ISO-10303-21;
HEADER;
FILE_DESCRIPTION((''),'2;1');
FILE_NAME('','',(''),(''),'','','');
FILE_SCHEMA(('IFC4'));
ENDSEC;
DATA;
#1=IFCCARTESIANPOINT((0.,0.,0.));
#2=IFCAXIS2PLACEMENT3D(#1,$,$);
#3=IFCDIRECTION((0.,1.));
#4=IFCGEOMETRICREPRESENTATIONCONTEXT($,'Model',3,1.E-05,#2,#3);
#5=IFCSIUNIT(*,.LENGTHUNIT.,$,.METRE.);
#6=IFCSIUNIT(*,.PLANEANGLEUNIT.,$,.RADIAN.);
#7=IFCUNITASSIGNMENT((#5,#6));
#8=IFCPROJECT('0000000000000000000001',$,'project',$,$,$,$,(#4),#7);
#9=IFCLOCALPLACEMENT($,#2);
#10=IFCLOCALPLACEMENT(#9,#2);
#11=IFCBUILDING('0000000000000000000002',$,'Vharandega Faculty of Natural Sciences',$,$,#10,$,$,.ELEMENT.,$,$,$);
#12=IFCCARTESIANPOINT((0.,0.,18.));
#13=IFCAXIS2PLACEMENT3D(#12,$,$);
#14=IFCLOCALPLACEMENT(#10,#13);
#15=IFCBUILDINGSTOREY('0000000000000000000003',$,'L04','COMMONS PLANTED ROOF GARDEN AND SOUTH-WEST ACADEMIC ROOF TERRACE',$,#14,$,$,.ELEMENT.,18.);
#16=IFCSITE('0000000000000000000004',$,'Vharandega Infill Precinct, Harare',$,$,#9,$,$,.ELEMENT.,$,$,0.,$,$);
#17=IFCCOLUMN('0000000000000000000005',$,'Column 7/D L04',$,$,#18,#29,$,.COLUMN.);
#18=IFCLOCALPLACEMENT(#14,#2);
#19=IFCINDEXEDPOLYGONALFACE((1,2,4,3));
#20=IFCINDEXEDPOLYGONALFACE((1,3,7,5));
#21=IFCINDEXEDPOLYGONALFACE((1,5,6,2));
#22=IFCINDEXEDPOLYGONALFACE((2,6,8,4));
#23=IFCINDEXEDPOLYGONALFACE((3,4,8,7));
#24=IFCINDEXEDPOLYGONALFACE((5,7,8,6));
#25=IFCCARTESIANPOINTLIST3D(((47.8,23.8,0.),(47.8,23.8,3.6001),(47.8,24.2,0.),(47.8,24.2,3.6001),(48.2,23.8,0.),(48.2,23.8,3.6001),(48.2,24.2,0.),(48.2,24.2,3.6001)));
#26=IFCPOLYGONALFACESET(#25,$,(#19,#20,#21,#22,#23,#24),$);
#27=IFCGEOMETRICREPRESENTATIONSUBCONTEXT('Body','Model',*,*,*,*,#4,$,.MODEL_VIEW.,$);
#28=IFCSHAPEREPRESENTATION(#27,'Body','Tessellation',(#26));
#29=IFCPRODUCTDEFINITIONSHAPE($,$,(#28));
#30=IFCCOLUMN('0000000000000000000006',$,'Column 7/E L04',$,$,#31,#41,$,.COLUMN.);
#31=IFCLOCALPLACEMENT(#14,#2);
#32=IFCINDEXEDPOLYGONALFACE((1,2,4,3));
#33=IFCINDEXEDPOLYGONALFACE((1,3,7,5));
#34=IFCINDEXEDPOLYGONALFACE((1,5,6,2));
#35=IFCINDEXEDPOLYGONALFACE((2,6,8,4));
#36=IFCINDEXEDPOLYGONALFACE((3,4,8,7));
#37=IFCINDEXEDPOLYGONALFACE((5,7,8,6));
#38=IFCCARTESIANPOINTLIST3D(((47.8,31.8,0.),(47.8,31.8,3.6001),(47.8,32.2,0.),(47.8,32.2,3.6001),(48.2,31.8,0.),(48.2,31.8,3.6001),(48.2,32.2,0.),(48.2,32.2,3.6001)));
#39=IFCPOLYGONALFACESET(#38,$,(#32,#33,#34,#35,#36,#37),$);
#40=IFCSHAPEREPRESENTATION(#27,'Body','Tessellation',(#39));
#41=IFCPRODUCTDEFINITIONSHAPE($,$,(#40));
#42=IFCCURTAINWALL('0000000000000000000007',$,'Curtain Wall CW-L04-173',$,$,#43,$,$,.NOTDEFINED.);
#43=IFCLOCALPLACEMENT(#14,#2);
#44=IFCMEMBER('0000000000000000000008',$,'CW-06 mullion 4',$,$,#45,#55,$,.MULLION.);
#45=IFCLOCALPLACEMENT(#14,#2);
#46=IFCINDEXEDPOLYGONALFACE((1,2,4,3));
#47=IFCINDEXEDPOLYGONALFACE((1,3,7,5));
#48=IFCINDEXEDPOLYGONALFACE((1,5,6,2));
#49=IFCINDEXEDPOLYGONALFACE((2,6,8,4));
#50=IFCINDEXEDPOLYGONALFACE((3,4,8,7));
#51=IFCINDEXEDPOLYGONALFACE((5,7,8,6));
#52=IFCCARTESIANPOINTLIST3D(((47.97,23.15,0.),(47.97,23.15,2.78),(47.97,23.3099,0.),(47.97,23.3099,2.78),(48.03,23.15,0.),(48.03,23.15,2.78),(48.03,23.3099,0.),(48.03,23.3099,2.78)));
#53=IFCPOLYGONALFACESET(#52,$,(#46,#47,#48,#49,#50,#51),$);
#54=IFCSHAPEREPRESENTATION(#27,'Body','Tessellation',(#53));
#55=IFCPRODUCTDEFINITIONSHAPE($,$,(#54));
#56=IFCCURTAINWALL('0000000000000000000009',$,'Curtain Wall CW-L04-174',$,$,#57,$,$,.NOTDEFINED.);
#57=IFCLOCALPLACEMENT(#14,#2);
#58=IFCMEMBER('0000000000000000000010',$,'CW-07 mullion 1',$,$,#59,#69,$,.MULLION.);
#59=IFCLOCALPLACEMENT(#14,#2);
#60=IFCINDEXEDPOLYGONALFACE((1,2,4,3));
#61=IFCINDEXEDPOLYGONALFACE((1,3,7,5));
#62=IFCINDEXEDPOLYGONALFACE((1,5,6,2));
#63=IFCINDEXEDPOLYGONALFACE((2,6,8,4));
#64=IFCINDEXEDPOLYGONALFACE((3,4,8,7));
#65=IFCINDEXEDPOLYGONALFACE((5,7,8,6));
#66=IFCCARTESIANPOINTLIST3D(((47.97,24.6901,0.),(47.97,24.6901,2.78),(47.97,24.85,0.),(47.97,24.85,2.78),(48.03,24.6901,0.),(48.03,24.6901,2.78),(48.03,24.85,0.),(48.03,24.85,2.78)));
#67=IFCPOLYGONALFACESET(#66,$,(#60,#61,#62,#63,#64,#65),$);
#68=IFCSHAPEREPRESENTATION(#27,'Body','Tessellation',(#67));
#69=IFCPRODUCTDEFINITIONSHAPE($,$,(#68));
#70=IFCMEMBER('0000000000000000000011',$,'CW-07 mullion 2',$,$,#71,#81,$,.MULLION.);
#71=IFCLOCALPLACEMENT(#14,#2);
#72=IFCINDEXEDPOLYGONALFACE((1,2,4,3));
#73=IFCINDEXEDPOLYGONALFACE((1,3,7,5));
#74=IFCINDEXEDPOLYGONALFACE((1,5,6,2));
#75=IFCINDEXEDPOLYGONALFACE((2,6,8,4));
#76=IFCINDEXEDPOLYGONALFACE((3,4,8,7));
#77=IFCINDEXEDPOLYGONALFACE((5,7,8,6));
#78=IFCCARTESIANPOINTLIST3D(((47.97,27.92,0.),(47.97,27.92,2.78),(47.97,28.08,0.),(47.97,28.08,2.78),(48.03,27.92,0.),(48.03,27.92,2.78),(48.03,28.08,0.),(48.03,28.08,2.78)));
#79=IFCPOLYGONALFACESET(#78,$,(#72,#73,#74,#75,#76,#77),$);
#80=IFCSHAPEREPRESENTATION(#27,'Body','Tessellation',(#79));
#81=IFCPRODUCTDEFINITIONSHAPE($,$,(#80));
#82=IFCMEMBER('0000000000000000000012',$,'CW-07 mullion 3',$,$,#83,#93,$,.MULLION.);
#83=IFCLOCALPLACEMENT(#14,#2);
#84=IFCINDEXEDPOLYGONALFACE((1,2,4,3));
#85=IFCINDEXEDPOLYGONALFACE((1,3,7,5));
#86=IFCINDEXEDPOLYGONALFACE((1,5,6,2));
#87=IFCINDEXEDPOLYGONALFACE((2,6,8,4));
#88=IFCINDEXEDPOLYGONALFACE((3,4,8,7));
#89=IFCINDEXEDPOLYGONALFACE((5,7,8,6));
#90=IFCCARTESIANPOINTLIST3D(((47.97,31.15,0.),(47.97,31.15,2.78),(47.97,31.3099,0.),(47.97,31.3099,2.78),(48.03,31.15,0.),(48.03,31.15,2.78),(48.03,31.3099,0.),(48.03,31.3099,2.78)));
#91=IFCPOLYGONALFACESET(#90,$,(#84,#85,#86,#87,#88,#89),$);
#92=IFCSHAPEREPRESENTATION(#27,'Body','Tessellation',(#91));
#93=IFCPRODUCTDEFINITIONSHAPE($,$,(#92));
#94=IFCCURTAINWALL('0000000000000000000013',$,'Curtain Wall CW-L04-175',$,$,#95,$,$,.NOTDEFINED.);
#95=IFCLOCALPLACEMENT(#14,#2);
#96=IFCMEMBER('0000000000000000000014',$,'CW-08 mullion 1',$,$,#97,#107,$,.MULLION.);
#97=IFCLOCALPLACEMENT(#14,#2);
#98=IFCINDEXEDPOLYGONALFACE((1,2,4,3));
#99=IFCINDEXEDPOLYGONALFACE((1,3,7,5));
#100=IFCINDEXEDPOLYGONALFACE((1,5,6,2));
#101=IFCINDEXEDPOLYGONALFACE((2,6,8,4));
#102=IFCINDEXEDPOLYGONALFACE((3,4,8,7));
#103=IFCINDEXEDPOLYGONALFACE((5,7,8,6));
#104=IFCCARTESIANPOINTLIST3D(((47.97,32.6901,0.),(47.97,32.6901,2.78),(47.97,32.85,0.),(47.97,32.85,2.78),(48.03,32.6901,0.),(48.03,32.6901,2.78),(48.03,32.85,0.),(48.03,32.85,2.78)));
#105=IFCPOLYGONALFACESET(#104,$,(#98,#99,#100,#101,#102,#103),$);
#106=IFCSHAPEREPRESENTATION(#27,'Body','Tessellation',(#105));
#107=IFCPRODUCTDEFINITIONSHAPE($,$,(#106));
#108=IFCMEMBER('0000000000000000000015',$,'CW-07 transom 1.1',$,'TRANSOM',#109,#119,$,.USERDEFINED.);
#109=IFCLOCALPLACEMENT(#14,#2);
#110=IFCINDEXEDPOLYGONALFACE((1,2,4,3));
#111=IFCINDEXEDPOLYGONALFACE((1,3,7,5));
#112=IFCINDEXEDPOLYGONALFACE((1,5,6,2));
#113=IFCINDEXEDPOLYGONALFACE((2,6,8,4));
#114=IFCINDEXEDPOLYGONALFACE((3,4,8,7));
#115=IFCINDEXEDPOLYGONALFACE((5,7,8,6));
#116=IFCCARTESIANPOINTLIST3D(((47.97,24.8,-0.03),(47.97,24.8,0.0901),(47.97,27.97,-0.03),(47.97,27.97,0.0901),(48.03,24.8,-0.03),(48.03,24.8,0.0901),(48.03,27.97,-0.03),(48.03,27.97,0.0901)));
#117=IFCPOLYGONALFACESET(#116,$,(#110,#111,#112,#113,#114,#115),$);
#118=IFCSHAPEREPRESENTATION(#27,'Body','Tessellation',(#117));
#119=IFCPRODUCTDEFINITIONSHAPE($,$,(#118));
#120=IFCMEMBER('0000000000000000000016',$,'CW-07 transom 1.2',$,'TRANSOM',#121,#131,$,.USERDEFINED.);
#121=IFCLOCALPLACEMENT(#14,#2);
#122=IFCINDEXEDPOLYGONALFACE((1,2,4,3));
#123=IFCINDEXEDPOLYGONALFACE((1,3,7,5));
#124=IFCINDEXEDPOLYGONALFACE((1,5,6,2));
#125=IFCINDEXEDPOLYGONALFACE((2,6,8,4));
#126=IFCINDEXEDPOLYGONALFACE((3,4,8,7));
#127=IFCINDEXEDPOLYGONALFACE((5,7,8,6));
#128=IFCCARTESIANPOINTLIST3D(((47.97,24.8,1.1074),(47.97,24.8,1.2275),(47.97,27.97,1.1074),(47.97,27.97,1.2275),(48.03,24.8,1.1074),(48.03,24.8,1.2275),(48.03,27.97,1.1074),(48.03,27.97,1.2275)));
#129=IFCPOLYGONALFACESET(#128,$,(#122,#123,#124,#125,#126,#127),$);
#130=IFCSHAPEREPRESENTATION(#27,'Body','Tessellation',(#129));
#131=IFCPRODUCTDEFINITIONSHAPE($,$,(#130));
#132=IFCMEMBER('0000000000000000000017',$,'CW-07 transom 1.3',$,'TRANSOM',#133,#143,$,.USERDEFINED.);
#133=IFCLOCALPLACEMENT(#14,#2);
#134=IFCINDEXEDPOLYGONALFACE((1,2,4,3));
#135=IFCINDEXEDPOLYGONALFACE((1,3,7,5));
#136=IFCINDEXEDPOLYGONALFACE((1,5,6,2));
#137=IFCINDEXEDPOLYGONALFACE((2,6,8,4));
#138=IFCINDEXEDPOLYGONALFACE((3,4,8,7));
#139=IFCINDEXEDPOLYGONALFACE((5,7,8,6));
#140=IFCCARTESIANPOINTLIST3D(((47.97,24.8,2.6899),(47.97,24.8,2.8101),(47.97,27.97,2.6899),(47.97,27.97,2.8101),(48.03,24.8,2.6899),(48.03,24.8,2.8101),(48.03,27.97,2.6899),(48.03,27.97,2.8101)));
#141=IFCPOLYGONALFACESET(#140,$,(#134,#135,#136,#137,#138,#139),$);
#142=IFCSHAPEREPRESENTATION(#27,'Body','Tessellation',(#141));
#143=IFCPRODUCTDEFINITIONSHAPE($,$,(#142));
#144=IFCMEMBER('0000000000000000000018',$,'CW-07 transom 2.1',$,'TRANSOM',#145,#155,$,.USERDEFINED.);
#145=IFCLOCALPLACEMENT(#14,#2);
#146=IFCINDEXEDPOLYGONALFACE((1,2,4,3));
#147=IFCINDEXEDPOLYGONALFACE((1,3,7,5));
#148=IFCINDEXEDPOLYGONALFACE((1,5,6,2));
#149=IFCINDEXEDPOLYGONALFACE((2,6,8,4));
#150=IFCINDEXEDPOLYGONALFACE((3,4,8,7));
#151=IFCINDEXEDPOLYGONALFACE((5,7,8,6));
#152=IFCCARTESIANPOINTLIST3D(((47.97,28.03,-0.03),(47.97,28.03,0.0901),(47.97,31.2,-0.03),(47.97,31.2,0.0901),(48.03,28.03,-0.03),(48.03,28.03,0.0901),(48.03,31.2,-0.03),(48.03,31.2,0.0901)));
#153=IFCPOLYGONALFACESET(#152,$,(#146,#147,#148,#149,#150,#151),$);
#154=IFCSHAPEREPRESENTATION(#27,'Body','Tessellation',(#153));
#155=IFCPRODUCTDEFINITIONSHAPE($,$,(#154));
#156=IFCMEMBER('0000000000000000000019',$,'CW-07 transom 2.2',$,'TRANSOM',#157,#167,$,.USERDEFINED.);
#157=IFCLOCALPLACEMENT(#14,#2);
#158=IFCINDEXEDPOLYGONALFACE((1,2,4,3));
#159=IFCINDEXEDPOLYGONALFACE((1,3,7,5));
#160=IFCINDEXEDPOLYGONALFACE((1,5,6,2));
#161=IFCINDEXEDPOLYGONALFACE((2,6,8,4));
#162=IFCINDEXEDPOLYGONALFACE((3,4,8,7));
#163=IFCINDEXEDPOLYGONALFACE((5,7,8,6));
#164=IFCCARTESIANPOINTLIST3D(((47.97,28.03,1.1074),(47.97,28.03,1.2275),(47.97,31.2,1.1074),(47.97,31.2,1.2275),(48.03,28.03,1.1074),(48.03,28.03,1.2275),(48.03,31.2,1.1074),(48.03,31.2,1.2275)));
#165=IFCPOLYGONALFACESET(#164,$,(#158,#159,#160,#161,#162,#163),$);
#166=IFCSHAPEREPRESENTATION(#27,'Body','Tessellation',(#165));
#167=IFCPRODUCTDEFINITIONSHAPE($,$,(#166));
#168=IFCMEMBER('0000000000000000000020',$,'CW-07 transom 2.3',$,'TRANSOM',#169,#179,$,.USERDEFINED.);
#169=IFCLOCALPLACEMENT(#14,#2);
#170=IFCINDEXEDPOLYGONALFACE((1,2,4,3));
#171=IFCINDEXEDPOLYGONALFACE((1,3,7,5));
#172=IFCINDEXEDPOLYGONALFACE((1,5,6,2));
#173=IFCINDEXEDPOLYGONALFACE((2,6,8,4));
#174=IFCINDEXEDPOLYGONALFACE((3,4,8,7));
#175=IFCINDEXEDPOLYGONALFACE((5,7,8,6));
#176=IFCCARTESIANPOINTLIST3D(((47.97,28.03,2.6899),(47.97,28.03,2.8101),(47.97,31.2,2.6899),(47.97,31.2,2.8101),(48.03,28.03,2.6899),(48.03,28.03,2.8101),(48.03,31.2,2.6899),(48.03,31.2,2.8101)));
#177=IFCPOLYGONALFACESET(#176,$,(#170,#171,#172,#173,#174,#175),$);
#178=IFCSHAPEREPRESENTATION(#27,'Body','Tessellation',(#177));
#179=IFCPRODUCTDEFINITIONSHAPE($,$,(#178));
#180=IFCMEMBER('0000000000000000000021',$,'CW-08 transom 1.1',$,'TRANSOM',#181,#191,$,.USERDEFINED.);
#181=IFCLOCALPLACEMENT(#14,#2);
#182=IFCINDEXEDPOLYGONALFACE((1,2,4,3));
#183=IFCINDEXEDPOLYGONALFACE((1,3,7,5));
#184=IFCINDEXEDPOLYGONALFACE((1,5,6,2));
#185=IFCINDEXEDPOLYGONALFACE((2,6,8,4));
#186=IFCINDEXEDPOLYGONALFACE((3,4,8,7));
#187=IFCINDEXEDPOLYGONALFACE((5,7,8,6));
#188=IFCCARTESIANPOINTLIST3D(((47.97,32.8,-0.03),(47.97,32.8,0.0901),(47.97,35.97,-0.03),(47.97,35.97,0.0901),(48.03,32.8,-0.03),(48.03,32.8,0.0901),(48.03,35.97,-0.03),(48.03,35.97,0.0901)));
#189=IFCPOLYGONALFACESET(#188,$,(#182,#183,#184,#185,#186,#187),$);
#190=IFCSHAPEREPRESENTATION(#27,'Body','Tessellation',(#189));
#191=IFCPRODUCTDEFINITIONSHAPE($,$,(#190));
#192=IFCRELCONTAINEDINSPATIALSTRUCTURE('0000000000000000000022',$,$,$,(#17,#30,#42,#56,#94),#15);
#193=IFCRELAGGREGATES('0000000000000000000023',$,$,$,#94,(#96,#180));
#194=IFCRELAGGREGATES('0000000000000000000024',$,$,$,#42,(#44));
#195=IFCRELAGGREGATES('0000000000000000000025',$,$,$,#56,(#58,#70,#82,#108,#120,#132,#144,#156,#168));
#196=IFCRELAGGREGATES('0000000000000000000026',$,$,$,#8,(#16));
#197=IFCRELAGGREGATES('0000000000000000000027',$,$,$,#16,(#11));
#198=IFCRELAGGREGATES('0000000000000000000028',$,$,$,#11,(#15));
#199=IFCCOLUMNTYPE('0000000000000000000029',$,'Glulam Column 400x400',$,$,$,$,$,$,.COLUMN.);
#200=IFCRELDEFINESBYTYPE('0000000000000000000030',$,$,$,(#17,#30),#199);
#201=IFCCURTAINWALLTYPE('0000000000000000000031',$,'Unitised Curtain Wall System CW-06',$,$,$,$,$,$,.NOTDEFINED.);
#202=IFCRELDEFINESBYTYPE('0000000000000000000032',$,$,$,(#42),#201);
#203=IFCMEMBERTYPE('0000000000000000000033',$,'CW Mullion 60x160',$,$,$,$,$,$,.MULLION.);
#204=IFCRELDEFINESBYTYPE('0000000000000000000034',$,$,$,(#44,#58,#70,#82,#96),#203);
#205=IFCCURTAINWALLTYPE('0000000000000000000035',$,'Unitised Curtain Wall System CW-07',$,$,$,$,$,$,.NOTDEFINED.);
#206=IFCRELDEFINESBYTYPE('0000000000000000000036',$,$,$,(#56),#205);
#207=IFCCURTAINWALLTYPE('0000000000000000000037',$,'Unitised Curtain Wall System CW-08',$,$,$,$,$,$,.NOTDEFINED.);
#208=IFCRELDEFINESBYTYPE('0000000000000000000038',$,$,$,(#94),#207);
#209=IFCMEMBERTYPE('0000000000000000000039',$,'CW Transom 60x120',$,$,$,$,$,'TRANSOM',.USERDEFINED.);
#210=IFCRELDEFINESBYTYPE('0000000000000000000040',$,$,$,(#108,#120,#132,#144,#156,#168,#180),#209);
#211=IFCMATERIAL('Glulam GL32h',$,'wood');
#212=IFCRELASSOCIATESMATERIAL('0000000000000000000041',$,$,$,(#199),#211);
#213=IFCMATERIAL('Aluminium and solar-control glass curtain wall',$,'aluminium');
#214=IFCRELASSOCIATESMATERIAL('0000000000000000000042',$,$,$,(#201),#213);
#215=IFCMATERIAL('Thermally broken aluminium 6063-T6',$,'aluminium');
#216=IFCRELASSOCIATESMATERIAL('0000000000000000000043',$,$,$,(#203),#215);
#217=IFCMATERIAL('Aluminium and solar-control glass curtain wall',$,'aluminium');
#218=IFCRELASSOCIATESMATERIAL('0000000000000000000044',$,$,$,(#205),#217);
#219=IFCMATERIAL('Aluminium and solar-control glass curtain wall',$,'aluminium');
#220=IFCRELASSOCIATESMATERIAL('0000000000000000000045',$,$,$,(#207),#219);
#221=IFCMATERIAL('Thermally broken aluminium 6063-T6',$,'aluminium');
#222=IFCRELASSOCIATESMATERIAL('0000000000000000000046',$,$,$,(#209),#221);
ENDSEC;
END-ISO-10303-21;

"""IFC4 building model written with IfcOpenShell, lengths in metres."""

from ifc_helpers import new_model, si_unit, direction, frame, origin, origin_2d, place, context, subcontext, project, spatial, rectangle, extrude, material, material_profile, profile_set, type_object, element, aggregate, save


model = new_model("IFC4")

# Units and contexts
model_context = context("Model", 3, precision=1e-05, world=origin(), true_north=direction((0.0, 1.0)))
body_context = subcontext(model_context, "Body", "Model", "MODEL_VIEW")
ifc_project = project(units=[si_unit("LENGTHUNIT", "METRE"), si_unit("PLANEANGLEUNIT", "RADIAN")], contexts=[model_context])

# Site, building, storey
site_placement = place(None, origin())
site = spatial("IfcSite", under=ifc_project, at=site_placement, Name="Vharandega Infill Precinct, Harare", CompositionType="ELEMENT", RefElevation=0.0)
building_placement = place(site_placement, origin())
building = spatial("IfcBuilding", under=site, at=building_placement, Name="Vharandega Faculty of Natural Sciences", CompositionType="ELEMENT")
storey_placement = place(building_placement, frame((0.0, 0.0, 18.0)))
storey = spatial("IfcBuildingStorey", under=building, at=storey_placement, Name="L04", Description="COMMONS PLANTED ROOF GARDEN AND SOUTH-WEST ACADEMIC ROOF TERRACE", CompositionType="ELEMENT", Elevation=18.0)

# Columns
ifc_material_1 = material(Name="Glulam GL32h", Category="wood")
ifc_material_profile_1 = material_profile(ifc_material_1, rectangle(XDim=0.3999, YDim=0.3999, at=origin_2d()), Name="GL32h 400x400")
ifc_profile_set_1 = profile_set([ifc_material_profile_1], Name="Glulam GL32h")
column_type = type_object("IfcColumnType", Name="Glulam Column 400x400", PredefinedType="COLUMN", material=ifc_profile_set_1)
for number, where, z_axis, x_axis, name in (
    (1, (48.0, 24.0, 0.0), (0.0, 0.0, 1.0), (1.0, 0.0, 0.0), "Column 7/D L04"),
    (2, (48.0, 32.0, 0.0), (0.0, 0.0, 1.0), (1.0, 0.0, 0.0), "Column 7/E L04"),
):
    element("IfcColumn", number, at=place(storey_placement, frame(where, z_axis=z_axis, x_axis=x_axis)), inside=storey, type_object=column_type, Name=name, PredefinedType="COLUMN", context=body_context, shape_type="SweptSolid", body=[
        extrude(rectangle(XDim=0.3999, YDim=0.3999, at=origin_2d()), origin(), (0.0, 0.0, 1.0), 3.6001),
    ])

# Curtain wall, member
ifc_material_2 = material(Name="Aluminium and solar-control glass curtain wall", Category="aluminium")
curtain_wall_type_1 = type_object("IfcCurtainWallType", Name="Unitised Curtain Wall System CW-06", PredefinedType="NOTDEFINED", material=ifc_material_2)
curtain_wall_1_placement = place(storey_placement, origin())
curtain_wall_1 = element("IfcCurtainWall", 3, at=curtain_wall_1_placement, inside=storey, type_object=curtain_wall_type_1, Name="Curtain Wall CW-L04-173", PredefinedType="NOTDEFINED")
ifc_material_3 = material(Name="Thermally broken aluminium 6063-T6", Category="aluminium")
ifc_material_profile_2 = material_profile(ifc_material_3, rectangle(XDim=0.0601, YDim=0.1599, at=origin_2d()), Name="ALU 60x160")
ifc_profile_set_2 = profile_set([ifc_material_profile_2], Name="Thermally broken aluminium 6063-T6")
member_type_1 = type_object("IfcMemberType", Name="CW Mullion 60x160", PredefinedType="MULLION", material=ifc_profile_set_2)
member_1_placement = place(storey_placement, frame((48.0, 23.23, 0.0), z_axis=(0.0, 0.0, 1.0), x_axis=(-1.0, 0.0, 0.0)))
member_1 = element("IfcMember", 4, at=member_1_placement, type_object=member_type_1, Name="CW-06 mullion 4", PredefinedType="MULLION", context=body_context, shape_type="SweptSolid", body=[
    extrude(rectangle(XDim=0.0601, YDim=0.1599, at=origin_2d()), origin(), (0.0, 0.0, 1.0), 2.78),
])

# Curtain wall, members
ifc_material_4 = material(Name="Aluminium and solar-control glass curtain wall", Category="aluminium")
curtain_wall_type_2 = type_object("IfcCurtainWallType", Name="Unitised Curtain Wall System CW-07", PredefinedType="NOTDEFINED", material=ifc_material_4)
curtain_wall_2_placement = place(storey_placement, origin())
curtain_wall_2 = element("IfcCurtainWall", 5, at=curtain_wall_2_placement, inside=storey, type_object=curtain_wall_type_2, Name="Curtain Wall CW-L04-174", PredefinedType="NOTDEFINED")
member_2_placement = place(storey_placement, frame((48.0, 24.77, 0.0), z_axis=(0.0, 0.0, 1.0), x_axis=(-1.0, 0.0, 0.0)))
member_2 = element("IfcMember", 6, at=member_2_placement, type_object=member_type_1, Name="CW-07 mullion 1", PredefinedType="MULLION", context=body_context, shape_type="SweptSolid", body=[
    extrude(rectangle(XDim=0.0601, YDim=0.1599, at=origin_2d()), origin(), (0.0, 0.0, 1.0), 2.78),
])
member_3_placement = place(storey_placement, frame((48.0, 28.0, 0.0), z_axis=(0.0, 0.0, 1.0), x_axis=(-1.0, 0.0, 0.0)))
member_3 = element("IfcMember", 7, at=member_3_placement, type_object=member_type_1, Name="CW-07 mullion 2", PredefinedType="MULLION", context=body_context, shape_type="SweptSolid", body=[
    extrude(rectangle(XDim=0.0601, YDim=0.1599, at=origin_2d()), origin(), (0.0, 0.0, 1.0), 2.78),
])
member_4_placement = place(storey_placement, frame((48.0, 31.23, 0.0), z_axis=(0.0, 0.0, 1.0), x_axis=(-1.0, 0.0, 0.0)))
member_4 = element("IfcMember", 8, at=member_4_placement, type_object=member_type_1, Name="CW-07 mullion 3", PredefinedType="MULLION", context=body_context, shape_type="SweptSolid", body=[
    extrude(rectangle(XDim=0.0601, YDim=0.1599, at=origin_2d()), origin(), (0.0, 0.0, 1.0), 2.78),
])

# Curtain wall, member
ifc_material_5 = material(Name="Aluminium and solar-control glass curtain wall", Category="aluminium")
curtain_wall_type_3 = type_object("IfcCurtainWallType", Name="Unitised Curtain Wall System CW-08", PredefinedType="NOTDEFINED", material=ifc_material_5)
curtain_wall_3_placement = place(storey_placement, origin())
curtain_wall_3 = element("IfcCurtainWall", 9, at=curtain_wall_3_placement, inside=storey, type_object=curtain_wall_type_3, Name="Curtain Wall CW-L04-175", PredefinedType="NOTDEFINED")
member_5_placement = place(storey_placement, frame((48.0, 32.77, 0.0), z_axis=(0.0, 0.0, 1.0), x_axis=(-1.0, 0.0, 0.0)))
member_5 = element("IfcMember", 10, at=member_5_placement, type_object=member_type_1, Name="CW-08 mullion 1", PredefinedType="MULLION", context=body_context, shape_type="SweptSolid", body=[
    extrude(rectangle(XDim=0.0601, YDim=0.1599, at=origin_2d()), origin(), (0.0, 0.0, 1.0), 2.78),
])

# Members
ifc_material_6 = material(Name="Thermally broken aluminium 6063-T6", Category="aluminium")
ifc_material_profile_3 = material_profile(ifc_material_6, rectangle(XDim=0.0601, YDim=0.1201, at=origin_2d()), Name="ALU 60x120")
ifc_profile_set_3 = profile_set([ifc_material_profile_3], Name="Thermally broken aluminium 6063-T6")
member_type_2 = type_object("IfcMemberType", Name="CW Transom 60x120", ElementType="TRANSOM", PredefinedType="USERDEFINED", material=ifc_profile_set_3)
member_6_placement = place(storey_placement, frame((48.0, 24.8, 0.03), z_axis=(0.0, 1.0, 0.0), x_axis=(-1.0, 0.0, 0.0)))
member_6 = element("IfcMember", 11, at=member_6_placement, type_object=member_type_2, Name="CW-07 transom 1.1", ObjectType="TRANSOM", PredefinedType="USERDEFINED", context=body_context, shape_type="SweptSolid", body=[
    extrude(rectangle(XDim=0.0601, YDim=0.1201, at=origin_2d()), origin(), (0.0, 0.0, 1.0), 3.1699),
])
member_7_placement = place(storey_placement, frame((48.0, 24.8, 1.1675), z_axis=(0.0, 1.0, 0.0), x_axis=(-1.0, 0.0, 0.0)))
member_7 = element("IfcMember", 12, at=member_7_placement, type_object=member_type_2, Name="CW-07 transom 1.2", ObjectType="TRANSOM", PredefinedType="USERDEFINED", context=body_context, shape_type="SweptSolid", body=[
    extrude(rectangle(XDim=0.0601, YDim=0.1201, at=origin_2d()), origin(), (0.0, 0.0, 1.0), 3.1699),
])
member_8_placement = place(storey_placement, frame((48.0, 24.8, 2.75), z_axis=(0.0, 1.0, 0.0), x_axis=(-1.0, 0.0, 0.0)))
member_8 = element("IfcMember", 13, at=member_8_placement, type_object=member_type_2, Name="CW-07 transom 1.3", ObjectType="TRANSOM", PredefinedType="USERDEFINED", context=body_context, shape_type="SweptSolid", body=[
    extrude(rectangle(XDim=0.0601, YDim=0.1201, at=origin_2d()), origin(), (0.0, 0.0, 1.0), 3.1699),
])
member_9_placement = place(storey_placement, frame((48.0, 28.03, 0.03), z_axis=(0.0, 1.0, 0.0), x_axis=(-1.0, 0.0, 0.0)))
member_9 = element("IfcMember", 14, at=member_9_placement, type_object=member_type_2, Name="CW-07 transom 2.1", ObjectType="TRANSOM", PredefinedType="USERDEFINED", context=body_context, shape_type="SweptSolid", body=[
    extrude(rectangle(XDim=0.0601, YDim=0.1201, at=origin_2d()), origin(), (0.0, 0.0, 1.0), 3.1699),
])
member_10_placement = place(storey_placement, frame((48.0, 28.03, 1.1675), z_axis=(0.0, 1.0, 0.0), x_axis=(-1.0, 0.0, 0.0)))
member_10 = element("IfcMember", 15, at=member_10_placement, type_object=member_type_2, Name="CW-07 transom 2.2", ObjectType="TRANSOM", PredefinedType="USERDEFINED", context=body_context, shape_type="SweptSolid", body=[
    extrude(rectangle(XDim=0.0601, YDim=0.1201, at=origin_2d()), origin(), (0.0, 0.0, 1.0), 3.1699),
])
member_11_placement = place(storey_placement, frame((48.0, 28.03, 2.75), z_axis=(0.0, 1.0, 0.0), x_axis=(-1.0, 0.0, 0.0)))
member_11 = element("IfcMember", 16, at=member_11_placement, type_object=member_type_2, Name="CW-07 transom 2.3", ObjectType="TRANSOM", PredefinedType="USERDEFINED", context=body_context, shape_type="SweptSolid", body=[
    extrude(rectangle(XDim=0.0601, YDim=0.1201, at=origin_2d()), origin(), (0.0, 0.0, 1.0), 3.1699),
])
member_12_placement = place(storey_placement, frame((48.0, 32.8, 0.03), z_axis=(0.0, 1.0, 0.0), x_axis=(-1.0, 0.0, 0.0)))
member_12 = element("IfcMember", 17, at=member_12_placement, type_object=member_type_2, Name="CW-08 transom 1.1", ObjectType="TRANSOM", PredefinedType="USERDEFINED", context=body_context, shape_type="SweptSolid", body=[
    extrude(rectangle(XDim=0.0601, YDim=0.1201, at=origin_2d()), origin(), (0.0, 0.0, 1.0), 3.1699),
])
aggregate(curtain_wall_3, [member_5, member_12])

aggregate(curtain_wall_1, [member_1])
aggregate(curtain_wall_2, [member_2, member_3, member_4, member_6, member_7, member_8, member_9, member_10, member_11])

save(model, "model.ifc")
